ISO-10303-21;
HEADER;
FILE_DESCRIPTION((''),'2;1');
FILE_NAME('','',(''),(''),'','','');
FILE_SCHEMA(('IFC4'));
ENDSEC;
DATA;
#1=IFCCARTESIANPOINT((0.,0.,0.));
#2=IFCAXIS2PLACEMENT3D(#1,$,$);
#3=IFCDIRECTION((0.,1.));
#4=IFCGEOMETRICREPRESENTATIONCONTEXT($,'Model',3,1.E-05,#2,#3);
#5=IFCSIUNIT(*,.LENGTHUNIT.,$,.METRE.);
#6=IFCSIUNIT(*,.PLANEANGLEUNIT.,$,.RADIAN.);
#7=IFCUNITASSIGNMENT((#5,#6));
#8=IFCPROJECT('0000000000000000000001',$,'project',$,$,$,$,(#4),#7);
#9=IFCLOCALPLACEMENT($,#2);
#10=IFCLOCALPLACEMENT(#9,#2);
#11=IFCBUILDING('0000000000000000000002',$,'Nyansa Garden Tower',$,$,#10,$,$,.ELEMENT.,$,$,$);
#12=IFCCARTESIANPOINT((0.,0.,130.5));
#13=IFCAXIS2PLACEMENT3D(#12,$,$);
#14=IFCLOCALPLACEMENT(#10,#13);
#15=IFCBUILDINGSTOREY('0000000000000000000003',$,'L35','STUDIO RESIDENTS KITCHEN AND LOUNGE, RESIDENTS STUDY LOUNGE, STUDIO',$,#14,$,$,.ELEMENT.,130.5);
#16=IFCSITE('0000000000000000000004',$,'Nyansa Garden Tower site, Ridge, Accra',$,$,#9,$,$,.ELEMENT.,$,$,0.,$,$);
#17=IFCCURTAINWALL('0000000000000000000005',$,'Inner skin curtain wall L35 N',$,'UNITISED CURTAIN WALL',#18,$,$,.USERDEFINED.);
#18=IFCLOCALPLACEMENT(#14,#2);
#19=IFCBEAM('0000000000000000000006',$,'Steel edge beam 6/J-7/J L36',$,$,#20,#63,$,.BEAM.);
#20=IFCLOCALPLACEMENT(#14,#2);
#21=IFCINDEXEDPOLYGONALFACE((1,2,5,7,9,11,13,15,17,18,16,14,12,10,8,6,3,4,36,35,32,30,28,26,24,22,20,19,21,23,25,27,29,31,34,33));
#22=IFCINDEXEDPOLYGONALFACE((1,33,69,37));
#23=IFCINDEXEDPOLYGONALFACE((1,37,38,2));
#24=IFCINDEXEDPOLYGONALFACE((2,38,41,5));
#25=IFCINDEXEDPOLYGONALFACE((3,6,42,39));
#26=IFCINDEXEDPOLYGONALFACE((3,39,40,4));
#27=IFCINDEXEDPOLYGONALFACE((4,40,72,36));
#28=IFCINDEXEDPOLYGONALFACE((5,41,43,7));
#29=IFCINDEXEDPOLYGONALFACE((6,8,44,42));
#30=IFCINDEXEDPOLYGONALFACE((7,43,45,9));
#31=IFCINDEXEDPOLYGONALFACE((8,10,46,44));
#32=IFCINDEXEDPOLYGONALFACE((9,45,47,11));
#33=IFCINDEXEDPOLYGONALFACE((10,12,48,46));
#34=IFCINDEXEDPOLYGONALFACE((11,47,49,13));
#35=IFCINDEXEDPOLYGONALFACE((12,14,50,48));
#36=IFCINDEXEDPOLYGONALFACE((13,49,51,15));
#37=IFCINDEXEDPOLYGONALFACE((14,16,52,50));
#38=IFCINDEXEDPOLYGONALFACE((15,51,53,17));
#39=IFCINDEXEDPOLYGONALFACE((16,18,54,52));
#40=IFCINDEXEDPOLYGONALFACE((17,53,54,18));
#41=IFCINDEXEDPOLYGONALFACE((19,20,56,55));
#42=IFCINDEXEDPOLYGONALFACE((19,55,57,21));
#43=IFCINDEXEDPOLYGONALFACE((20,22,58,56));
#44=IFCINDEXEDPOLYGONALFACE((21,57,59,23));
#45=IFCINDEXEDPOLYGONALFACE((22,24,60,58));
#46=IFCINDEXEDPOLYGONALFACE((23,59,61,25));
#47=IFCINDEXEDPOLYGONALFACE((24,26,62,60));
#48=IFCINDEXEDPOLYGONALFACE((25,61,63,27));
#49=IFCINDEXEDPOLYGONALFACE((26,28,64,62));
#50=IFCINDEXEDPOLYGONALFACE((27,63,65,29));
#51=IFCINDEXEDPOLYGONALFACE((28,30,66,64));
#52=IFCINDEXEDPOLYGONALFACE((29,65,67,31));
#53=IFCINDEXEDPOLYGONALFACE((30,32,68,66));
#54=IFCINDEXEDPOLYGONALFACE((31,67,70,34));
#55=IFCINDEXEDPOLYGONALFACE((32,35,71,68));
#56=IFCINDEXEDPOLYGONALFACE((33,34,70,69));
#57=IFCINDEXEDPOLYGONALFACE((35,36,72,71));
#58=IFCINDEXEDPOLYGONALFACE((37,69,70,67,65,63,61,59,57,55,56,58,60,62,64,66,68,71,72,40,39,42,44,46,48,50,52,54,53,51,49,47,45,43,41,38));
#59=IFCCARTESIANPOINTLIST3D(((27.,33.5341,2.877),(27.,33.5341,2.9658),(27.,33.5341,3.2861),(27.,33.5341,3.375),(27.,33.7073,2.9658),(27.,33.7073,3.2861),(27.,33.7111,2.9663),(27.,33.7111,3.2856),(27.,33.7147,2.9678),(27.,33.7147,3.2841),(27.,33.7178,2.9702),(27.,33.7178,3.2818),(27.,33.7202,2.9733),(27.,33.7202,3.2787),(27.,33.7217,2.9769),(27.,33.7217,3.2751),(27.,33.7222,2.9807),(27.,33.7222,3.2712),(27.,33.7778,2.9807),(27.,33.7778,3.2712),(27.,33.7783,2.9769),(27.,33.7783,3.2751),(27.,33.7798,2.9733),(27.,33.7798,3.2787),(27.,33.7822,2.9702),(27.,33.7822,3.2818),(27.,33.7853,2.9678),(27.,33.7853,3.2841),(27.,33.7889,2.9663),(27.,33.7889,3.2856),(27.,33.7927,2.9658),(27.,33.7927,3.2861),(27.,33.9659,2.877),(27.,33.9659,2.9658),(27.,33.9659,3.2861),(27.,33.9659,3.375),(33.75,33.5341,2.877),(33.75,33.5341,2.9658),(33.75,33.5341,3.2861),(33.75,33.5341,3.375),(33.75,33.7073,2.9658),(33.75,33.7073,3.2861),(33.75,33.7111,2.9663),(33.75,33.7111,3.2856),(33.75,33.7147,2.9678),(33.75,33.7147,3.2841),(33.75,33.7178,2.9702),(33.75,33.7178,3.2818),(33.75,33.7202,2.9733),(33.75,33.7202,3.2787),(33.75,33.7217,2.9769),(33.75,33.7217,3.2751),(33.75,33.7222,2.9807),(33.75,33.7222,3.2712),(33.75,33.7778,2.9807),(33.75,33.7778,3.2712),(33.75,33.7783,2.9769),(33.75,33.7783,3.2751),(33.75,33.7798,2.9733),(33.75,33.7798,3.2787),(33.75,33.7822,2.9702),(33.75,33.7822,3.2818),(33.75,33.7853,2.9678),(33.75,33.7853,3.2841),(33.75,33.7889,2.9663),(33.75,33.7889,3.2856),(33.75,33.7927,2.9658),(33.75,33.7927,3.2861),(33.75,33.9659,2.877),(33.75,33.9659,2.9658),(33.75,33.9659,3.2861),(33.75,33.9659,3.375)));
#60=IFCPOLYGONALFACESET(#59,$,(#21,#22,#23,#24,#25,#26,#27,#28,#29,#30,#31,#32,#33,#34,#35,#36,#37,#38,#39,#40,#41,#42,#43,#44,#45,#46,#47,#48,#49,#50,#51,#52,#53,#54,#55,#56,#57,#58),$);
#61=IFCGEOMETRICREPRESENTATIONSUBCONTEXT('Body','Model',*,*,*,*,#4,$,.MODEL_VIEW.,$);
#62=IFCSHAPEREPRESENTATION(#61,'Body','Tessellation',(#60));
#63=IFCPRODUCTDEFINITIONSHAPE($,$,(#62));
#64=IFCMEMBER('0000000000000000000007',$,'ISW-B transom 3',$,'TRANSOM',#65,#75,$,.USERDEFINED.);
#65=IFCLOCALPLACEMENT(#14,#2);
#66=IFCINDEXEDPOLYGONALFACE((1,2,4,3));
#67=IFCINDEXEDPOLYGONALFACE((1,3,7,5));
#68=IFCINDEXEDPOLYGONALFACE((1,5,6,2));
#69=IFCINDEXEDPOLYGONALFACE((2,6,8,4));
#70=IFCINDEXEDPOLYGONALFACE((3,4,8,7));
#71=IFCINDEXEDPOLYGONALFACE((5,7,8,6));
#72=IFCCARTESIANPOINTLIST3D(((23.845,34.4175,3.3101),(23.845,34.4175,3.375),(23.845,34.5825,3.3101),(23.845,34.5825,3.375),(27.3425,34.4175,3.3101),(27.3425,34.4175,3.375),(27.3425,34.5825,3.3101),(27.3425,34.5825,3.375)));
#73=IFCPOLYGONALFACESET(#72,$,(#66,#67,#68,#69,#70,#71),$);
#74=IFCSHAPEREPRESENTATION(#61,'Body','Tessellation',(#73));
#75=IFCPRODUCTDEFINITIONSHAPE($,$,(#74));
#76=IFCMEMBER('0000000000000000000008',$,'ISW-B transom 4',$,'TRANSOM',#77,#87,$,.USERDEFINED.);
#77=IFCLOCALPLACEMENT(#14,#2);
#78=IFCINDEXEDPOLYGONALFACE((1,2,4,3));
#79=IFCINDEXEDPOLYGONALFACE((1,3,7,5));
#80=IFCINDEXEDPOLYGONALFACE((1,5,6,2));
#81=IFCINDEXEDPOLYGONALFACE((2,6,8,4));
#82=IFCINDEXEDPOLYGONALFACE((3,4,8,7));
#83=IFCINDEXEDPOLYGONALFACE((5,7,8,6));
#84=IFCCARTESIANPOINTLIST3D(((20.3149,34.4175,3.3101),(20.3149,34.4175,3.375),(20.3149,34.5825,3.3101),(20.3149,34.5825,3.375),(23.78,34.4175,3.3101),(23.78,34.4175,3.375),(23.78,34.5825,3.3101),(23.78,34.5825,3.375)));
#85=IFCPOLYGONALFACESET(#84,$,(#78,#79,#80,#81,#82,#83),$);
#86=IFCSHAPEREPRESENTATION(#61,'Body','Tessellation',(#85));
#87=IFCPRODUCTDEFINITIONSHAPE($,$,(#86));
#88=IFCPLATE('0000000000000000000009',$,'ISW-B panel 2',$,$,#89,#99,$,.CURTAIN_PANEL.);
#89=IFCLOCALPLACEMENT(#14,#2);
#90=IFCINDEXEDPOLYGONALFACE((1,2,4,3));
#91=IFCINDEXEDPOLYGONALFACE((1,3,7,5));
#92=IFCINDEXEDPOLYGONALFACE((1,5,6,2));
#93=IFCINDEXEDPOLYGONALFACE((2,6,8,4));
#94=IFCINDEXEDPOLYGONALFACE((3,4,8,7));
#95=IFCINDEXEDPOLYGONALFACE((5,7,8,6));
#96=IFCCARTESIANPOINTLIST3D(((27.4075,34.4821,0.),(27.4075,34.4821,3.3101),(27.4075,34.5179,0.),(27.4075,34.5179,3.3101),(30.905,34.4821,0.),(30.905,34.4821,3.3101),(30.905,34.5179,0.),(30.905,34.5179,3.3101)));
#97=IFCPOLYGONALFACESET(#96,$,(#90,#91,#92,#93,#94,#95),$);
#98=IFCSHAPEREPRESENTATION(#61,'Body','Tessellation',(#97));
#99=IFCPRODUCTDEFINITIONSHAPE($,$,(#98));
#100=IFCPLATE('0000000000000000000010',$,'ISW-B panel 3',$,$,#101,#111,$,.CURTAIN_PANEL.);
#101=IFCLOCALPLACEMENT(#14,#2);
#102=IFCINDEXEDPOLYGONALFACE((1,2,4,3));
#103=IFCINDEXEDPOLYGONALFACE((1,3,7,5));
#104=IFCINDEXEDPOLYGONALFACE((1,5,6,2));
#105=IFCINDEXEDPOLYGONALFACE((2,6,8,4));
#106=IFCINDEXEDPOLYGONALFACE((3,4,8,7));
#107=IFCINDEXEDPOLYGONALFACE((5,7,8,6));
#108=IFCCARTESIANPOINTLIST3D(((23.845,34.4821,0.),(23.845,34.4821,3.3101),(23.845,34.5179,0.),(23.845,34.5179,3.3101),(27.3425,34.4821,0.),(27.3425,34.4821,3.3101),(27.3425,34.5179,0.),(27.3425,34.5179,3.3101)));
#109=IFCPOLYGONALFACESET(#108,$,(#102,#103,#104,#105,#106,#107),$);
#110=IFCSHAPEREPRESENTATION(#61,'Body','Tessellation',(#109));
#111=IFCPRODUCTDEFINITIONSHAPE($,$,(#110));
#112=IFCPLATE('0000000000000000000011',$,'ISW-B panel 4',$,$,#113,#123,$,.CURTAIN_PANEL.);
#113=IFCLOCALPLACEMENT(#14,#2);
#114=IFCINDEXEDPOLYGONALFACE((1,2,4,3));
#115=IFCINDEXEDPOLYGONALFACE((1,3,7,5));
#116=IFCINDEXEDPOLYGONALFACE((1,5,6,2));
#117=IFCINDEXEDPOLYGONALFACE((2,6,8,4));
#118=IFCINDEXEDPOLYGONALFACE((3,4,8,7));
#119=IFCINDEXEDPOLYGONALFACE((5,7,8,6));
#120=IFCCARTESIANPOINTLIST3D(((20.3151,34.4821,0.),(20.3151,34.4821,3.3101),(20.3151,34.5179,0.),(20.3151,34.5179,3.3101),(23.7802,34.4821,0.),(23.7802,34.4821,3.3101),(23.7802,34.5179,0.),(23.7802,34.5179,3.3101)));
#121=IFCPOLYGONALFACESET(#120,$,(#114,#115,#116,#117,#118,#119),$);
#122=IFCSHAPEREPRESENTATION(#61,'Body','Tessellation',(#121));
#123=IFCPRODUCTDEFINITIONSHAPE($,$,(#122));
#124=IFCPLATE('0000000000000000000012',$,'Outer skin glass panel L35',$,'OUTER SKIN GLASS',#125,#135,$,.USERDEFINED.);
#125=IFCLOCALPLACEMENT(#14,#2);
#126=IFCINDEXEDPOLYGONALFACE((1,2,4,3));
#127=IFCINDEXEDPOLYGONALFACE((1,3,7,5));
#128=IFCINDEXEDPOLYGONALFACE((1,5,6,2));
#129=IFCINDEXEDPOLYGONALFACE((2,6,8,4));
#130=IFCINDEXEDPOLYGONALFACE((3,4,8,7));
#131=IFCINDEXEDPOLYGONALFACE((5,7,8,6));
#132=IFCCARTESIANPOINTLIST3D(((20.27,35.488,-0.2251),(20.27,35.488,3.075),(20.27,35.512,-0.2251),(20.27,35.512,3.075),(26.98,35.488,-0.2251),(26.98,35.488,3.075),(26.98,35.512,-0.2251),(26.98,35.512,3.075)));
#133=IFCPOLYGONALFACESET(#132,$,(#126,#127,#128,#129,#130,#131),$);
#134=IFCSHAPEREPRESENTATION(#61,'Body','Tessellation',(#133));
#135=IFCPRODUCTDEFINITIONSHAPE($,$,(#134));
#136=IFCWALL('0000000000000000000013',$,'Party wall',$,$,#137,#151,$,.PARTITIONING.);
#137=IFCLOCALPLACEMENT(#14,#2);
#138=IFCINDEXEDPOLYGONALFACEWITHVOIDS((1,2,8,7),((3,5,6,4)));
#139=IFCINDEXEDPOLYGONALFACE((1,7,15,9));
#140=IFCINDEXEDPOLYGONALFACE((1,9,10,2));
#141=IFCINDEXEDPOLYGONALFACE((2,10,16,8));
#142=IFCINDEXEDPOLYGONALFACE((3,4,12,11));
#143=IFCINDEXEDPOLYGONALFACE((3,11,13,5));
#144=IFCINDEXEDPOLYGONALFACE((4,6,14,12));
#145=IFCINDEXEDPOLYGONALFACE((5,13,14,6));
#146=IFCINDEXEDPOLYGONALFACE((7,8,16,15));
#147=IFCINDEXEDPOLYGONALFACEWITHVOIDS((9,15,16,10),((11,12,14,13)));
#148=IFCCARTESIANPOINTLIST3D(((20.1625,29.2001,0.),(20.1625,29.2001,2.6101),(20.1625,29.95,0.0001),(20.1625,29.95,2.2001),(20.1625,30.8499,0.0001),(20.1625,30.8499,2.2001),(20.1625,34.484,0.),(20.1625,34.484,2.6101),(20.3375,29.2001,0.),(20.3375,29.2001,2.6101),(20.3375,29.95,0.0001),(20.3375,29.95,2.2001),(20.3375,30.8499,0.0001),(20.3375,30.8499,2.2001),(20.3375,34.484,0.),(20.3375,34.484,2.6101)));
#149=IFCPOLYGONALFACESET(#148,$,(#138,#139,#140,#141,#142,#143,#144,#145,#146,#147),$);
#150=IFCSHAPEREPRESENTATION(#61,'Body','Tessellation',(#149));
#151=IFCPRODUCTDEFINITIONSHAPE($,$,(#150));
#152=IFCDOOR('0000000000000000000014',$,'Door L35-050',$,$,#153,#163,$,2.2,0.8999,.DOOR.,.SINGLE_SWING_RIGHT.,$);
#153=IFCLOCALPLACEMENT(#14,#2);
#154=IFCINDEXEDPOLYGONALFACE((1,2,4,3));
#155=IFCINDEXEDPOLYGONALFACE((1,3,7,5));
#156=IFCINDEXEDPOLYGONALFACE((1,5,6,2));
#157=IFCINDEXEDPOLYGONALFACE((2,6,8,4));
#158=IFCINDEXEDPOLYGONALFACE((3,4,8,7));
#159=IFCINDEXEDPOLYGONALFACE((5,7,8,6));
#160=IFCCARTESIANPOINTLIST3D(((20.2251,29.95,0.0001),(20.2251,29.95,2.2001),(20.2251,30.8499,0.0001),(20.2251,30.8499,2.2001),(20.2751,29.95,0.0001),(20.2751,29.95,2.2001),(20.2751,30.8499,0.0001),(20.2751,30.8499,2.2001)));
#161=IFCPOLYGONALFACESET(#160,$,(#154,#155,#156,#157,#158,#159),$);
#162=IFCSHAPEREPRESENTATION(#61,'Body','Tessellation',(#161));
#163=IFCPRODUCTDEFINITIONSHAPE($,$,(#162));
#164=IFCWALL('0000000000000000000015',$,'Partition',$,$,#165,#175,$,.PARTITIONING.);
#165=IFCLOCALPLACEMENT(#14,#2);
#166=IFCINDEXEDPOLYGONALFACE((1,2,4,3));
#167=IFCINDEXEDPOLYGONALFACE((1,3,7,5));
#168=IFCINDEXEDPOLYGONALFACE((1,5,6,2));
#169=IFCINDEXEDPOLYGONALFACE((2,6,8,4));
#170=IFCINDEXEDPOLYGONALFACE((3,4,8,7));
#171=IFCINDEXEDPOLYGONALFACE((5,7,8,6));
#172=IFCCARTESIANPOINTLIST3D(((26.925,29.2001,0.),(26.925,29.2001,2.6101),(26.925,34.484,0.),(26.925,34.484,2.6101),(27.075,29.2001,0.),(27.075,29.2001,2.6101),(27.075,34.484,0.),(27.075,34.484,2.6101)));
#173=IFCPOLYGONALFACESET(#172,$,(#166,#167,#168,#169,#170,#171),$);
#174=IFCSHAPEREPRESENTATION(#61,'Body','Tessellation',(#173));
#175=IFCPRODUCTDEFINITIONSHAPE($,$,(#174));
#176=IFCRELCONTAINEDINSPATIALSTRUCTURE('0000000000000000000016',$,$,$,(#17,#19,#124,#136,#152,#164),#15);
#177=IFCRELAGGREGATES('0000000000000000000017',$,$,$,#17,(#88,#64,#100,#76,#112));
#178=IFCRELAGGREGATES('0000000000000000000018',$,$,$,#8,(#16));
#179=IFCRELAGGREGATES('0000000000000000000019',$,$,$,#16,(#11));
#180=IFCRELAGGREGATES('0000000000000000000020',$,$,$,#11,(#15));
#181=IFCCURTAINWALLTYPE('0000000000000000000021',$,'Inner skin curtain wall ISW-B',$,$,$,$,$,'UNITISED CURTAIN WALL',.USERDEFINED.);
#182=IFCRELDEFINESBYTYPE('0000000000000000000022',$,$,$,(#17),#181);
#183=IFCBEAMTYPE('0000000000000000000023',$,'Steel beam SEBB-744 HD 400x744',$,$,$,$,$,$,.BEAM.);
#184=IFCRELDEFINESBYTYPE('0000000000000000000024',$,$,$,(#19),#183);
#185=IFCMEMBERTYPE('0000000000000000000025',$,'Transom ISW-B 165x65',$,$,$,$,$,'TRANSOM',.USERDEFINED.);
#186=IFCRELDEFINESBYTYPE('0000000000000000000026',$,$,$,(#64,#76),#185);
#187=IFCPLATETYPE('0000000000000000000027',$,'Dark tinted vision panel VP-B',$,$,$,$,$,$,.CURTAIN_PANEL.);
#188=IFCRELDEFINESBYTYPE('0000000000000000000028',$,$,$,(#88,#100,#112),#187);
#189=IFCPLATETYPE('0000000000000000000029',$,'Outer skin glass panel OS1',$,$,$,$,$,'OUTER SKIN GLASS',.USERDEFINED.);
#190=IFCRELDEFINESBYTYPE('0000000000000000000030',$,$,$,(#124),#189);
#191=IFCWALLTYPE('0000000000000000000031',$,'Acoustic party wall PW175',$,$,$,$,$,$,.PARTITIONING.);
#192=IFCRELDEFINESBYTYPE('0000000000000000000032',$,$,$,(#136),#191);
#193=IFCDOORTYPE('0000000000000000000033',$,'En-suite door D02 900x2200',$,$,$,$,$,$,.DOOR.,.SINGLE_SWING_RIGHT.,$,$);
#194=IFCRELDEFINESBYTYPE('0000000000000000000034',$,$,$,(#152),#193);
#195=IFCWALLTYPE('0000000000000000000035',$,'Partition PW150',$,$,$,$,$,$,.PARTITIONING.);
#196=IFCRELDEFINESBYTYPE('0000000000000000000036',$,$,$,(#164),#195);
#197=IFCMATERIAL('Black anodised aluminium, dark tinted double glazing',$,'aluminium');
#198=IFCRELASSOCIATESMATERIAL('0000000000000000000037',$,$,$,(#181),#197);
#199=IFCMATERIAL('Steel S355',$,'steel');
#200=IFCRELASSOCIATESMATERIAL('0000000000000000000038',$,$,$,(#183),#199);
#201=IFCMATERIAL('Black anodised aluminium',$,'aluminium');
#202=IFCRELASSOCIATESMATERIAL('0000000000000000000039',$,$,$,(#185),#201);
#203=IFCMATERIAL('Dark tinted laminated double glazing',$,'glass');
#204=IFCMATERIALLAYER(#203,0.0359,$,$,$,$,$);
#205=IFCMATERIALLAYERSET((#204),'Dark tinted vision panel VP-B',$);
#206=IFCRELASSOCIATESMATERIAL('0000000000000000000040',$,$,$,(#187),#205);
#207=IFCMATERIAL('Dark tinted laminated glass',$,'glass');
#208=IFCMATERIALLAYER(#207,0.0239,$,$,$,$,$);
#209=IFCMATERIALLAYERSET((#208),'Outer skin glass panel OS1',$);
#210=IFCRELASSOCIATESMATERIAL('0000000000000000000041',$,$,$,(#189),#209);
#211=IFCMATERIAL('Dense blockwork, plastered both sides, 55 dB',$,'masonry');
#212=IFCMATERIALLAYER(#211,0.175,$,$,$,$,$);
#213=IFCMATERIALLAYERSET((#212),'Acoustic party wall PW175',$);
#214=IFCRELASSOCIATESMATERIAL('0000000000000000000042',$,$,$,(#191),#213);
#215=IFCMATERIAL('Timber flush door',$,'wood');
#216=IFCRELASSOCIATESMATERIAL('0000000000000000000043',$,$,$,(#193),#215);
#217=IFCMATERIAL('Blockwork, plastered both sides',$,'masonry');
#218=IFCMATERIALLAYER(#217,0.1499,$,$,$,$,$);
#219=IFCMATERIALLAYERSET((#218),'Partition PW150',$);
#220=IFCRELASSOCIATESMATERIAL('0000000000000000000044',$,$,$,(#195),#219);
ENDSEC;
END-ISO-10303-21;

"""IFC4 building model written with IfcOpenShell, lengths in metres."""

from ifc_helpers import new_model, si_unit, direction, frame, frame_2d, origin, origin_2d, place, context, subcontext, project, spatial, rectangle, i_section, extrude, material, layer, layer_set, material_profile, profile_set, type_object, element, fill, aggregate, save


model = new_model("IFC4")

# Units and contexts
model_context = context("Model", 3, precision=1e-05, world=origin(), true_north=direction((0.0, 1.0)))
body_context = subcontext(model_context, "Body", "Model", "MODEL_VIEW")
ifc_project = project(units=[si_unit("LENGTHUNIT", "METRE"), si_unit("PLANEANGLEUNIT", "RADIAN")], contexts=[model_context])

# Site, building, storey
site_placement = place(None, origin())
site = spatial("IfcSite", under=ifc_project, at=site_placement, Name="Nyansa Garden Tower site, Ridge, Accra", CompositionType="ELEMENT", RefElevation=0.0)
building_placement = place(site_placement, origin())
building = spatial("IfcBuilding", under=site, at=building_placement, Name="Nyansa Garden Tower", CompositionType="ELEMENT")
storey_placement = place(building_placement, frame((0.0, 0.0, 130.5)))
storey = spatial("IfcBuildingStorey", under=building, at=storey_placement, Name="L35", Description="STUDIO RESIDENTS KITCHEN AND LOUNGE, RESIDENTS STUDY LOUNGE, STUDIO", CompositionType="ELEMENT", Elevation=130.5)

# Curtain wall
ifc_material_1 = material(Name="Black anodised aluminium, dark tinted double glazing", Category="aluminium")
curtain_wall_type = type_object("IfcCurtainWallType", Name="Inner skin curtain wall ISW-B", ElementType="UNITISED CURTAIN WALL", PredefinedType="USERDEFINED", material=ifc_material_1)
curtain_wall_placement = place(storey_placement, origin())
curtain_wall = element("IfcCurtainWall", 1, at=curtain_wall_placement, inside=storey, type_object=curtain_wall_type, Name="Inner skin curtain wall L35 N", ObjectType="UNITISED CURTAIN WALL", PredefinedType="USERDEFINED")

# Beam
ifc_material_2 = material(Name="Steel S355", Category="steel")
ifc_material_profile_1 = material_profile(ifc_material_2, i_section(OverallWidth=0.4319, OverallDepth=0.498, WebThickness=0.0557, FlangeThickness=0.0889, FilletRadius=0.0149, at=origin_2d()), Name="HD 400x744")
ifc_profile_set_1 = profile_set([ifc_material_profile_1], Name="Steel S355")
beam_type_1 = type_object("IfcBeamType", Name="Steel beam SEBB-744 HD 400x744", PredefinedType="BEAM", material=ifc_profile_set_1)
beam_1_placement = place(storey_placement, frame((27.0, 33.75, 3.126), z_axis=(1.0, 0.0, 0.0), x_axis=(0.0, 1.0, 0.0)))
element("IfcBeam", 2, at=beam_1_placement, inside=storey, type_object=beam_type_1, Name="Steel edge beam 6/J-7/J L36", PredefinedType="BEAM", context=body_context, shape_type="SweptSolid", body=[
    extrude(i_section(OverallWidth=0.4319, OverallDepth=0.498, WebThickness=0.0557, FlangeThickness=0.0889, FilletRadius=0.0149, at=origin_2d()), origin(), (0.0, 0.0, 1.0), 6.75),
])

# Members
ifc_material_3 = material(Name="Black anodised aluminium", Category="aluminium")
ifc_material_profile_2 = material_profile(ifc_material_3, rectangle(XDim=0.165, YDim=0.0649, at=origin_2d()), Name="Transom 165x65")
ifc_profile_set_2 = profile_set([ifc_material_profile_2], Name="Black anodised aluminium")
member_type_1 = type_object("IfcMemberType", Name="Transom ISW-B 165x65", ElementType="TRANSOM", PredefinedType="USERDEFINED", material=ifc_profile_set_2)
member_1_placement = place(storey_placement, frame((27.3425, 34.5, 3.3425), z_axis=(-1.0, 0.0, 0.0), x_axis=(0.0, -1.0, 0.0)))
member_1 = element("IfcMember", 3, at=member_1_placement, type_object=member_type_1, Name="ISW-B transom 3", ObjectType="TRANSOM", PredefinedType="USERDEFINED", context=body_context, shape_type="SweptSolid", body=[
    extrude(rectangle(XDim=0.165, YDim=0.0649, at=origin_2d()), origin(), (0.0, 0.0, 1.0), 3.4976),
])
member_2_placement = place(storey_placement, frame((23.78, 34.5, 3.3425), z_axis=(-1.0, 0.0, 0.0), x_axis=(0.0, -1.0, 0.0)))
member_2 = element("IfcMember", 4, at=member_2_placement, type_object=member_type_1, Name="ISW-B transom 4", ObjectType="TRANSOM", PredefinedType="USERDEFINED", context=body_context, shape_type="SweptSolid", body=[
    extrude(rectangle(XDim=0.165, YDim=0.0649, at=origin_2d()), origin(), (0.0, 0.0, 1.0), 3.4651),
])

# Plates
ifc_material_4 = material(Name="Dark tinted laminated double glazing", Category="glass")
ifc_layer_1 = layer(ifc_material_4, 0.0359)
ifc_layer_set_1 = layer_set([ifc_layer_1], Name="Dark tinted vision panel VP-B")
plate_type_1 = type_object("IfcPlateType", Name="Dark tinted vision panel VP-B", PredefinedType="CURTAIN_PANEL", material=ifc_layer_set_1)
plate_1_placement = place(storey_placement, frame((29.1562, 34.5, 0.0), z_axis=(0.0, 0.0, 1.0), x_axis=(-1.0, 0.0, 0.0)))
plate_1 = element("IfcPlate", 5, at=plate_1_placement, type_object=plate_type_1, Name="ISW-B panel 2", PredefinedType="CURTAIN_PANEL", context=body_context, shape_type="SweptSolid", body=[
    extrude(rectangle(XDim=3.4976, YDim=0.0359, at=origin_2d()), origin(), (0.0, 0.0, 1.0), 3.3101),
])
plate_2_placement = place(storey_placement, frame((25.5938, 34.5, 0.0), z_axis=(0.0, 0.0, 1.0), x_axis=(-1.0, 0.0, 0.0)))
plate_2 = element("IfcPlate", 6, at=plate_2_placement, type_object=plate_type_1, Name="ISW-B panel 3", PredefinedType="CURTAIN_PANEL", context=body_context, shape_type="SweptSolid", body=[
    extrude(rectangle(XDim=3.4976, YDim=0.0359, at=origin_2d()), origin(), (0.0, 0.0, 1.0), 3.3101),
])
plate_3_placement = place(storey_placement, frame((22.0476, 34.5, 0.0), z_axis=(0.0, 0.0, 1.0), x_axis=(-1.0, 0.0, 0.0)))
plate_3 = element("IfcPlate", 7, at=plate_3_placement, type_object=plate_type_1, Name="ISW-B panel 4", PredefinedType="CURTAIN_PANEL", context=body_context, shape_type="SweptSolid", body=[
    extrude(rectangle(XDim=3.4651, YDim=0.0359, at=origin_2d()), origin(), (0.0, 0.0, 1.0), 3.3101),
])
aggregate(curtain_wall, [plate_1, member_1, plate_2, member_2, plate_3])
ifc_material_5 = material(Name="Dark tinted laminated glass", Category="glass")
ifc_layer_2 = layer(ifc_material_5, 0.0239)
ifc_layer_set_2 = layer_set([ifc_layer_2], Name="Outer skin glass panel OS1")
plate_type_2 = type_object("IfcPlateType", Name="Outer skin glass panel OS1", ElementType="OUTER SKIN GLASS", PredefinedType="USERDEFINED", material=ifc_layer_set_2)
plate_4_placement = place(storey_placement, frame((23.625, 35.5, -0.2251), z_axis=(0.0, 0.0, 1.0), x_axis=(1.0, 0.0, 0.0)))
element("IfcPlate", 8, at=plate_4_placement, inside=storey, type_object=plate_type_2, Name="Outer skin glass panel L35", ObjectType="OUTER SKIN GLASS", PredefinedType="USERDEFINED", context=body_context, shape_type="SweptSolid", body=[
    extrude(rectangle(XDim=6.71, YDim=0.0239, at=origin_2d()), origin(), (0.0, 0.0, 1.0), 3.3),
])

# Wall, opening, door
ifc_material_6 = material(Name="Dense blockwork, plastered both sides, 55 dB", Category="masonry")
ifc_layer_3 = layer(ifc_material_6, 0.175)
ifc_layer_set_3 = layer_set([ifc_layer_3], Name="Acoustic party wall PW175")
wall_type_1 = type_object("IfcWallType", Name="Acoustic party wall PW175", PredefinedType="PARTITIONING", material=ifc_layer_set_3)
wall_1_placement = place(storey_placement, frame((20.25, 29.2, 0.0), z_axis=(0.0, 0.0, 1.0), x_axis=(0.0, 1.0, 0.0)))
wall_1 = element("IfcWall", 9, at=wall_1_placement, inside=storey, type_object=wall_type_1, Name="Party wall", PredefinedType="PARTITIONING", context=body_context, shape_type="SweptSolid", body=[
    extrude(rectangle(XDim=5.2839, YDim=0.175, at=frame_2d((2.6421, 0.0))), origin(), (0.0, 0.0, 1.0), 2.6101),
])
opening_1_placement = place(wall_1_placement, frame((0.75, 0.0, 0.0)))
opening_1 = element("IfcOpeningElement", 10, at=opening_1_placement, cuts=wall_1, PredefinedType="OPENING", context=body_context, shape_type="SweptSolid", body=[
    extrude(rectangle(XDim=0.8999, YDim=2.2, at=frame_2d((0.45, 1.1001))), frame((0.0, 0.0974, 0.0), z_axis=(0.0, -1.0, 0.0), x_axis=(1.0, 0.0, 0.0)), (0.0, 0.0, 1.0), 0.1951),
])
ifc_material_7 = material(Name="Timber flush door", Category="wood")
door_type_1 = type_object("IfcDoorType", Name="En-suite door D02 900x2200", OperationType="SINGLE_SWING_RIGHT", PredefinedType="DOOR", material=ifc_material_7)
door_1_placement = place(opening_1_placement, origin())
door_1 = element("IfcDoor", 11, at=door_1_placement, inside=storey, type_object=door_type_1, Name="Door L35-050", OperationType="SINGLE_SWING_RIGHT", OverallHeight=2.2, OverallWidth=0.8999, PredefinedType="DOOR", context=body_context, shape_type="SweptSolid", body=[
    extrude(rectangle(XDim=0.8999, YDim=2.2, at=frame_2d((0.45, 1.1001))), frame((0.0, 0.0249, 0.0), z_axis=(0.0, -1.0, 0.0), x_axis=(1.0, 0.0, 0.0)), (0.0, 0.0, 1.0), 0.05),
])
fill(opening_1, door_1)

# Wall
ifc_material_8 = material(Name="Blockwork, plastered both sides", Category="masonry")
ifc_layer_4 = layer(ifc_material_8, 0.1499)
ifc_layer_set_4 = layer_set([ifc_layer_4], Name="Partition PW150")
wall_type_2 = type_object("IfcWallType", Name="Partition PW150", PredefinedType="PARTITIONING", material=ifc_layer_set_4)
wall_2_placement = place(storey_placement, frame((27.0, 29.2, 0.0), z_axis=(0.0, 0.0, 1.0), x_axis=(0.0, 1.0, 0.0)))
element("IfcWall", 12, at=wall_2_placement, inside=storey, type_object=wall_type_2, Name="Partition", PredefinedType="PARTITIONING", context=body_context, shape_type="SweptSolid", body=[
    extrude(rectangle(XDim=5.2839, YDim=0.1499, at=frame_2d((2.6421, 0.0))), origin(), (0.0, 0.0, 1.0), 2.6101),
])

save(model, "model.ifc")
